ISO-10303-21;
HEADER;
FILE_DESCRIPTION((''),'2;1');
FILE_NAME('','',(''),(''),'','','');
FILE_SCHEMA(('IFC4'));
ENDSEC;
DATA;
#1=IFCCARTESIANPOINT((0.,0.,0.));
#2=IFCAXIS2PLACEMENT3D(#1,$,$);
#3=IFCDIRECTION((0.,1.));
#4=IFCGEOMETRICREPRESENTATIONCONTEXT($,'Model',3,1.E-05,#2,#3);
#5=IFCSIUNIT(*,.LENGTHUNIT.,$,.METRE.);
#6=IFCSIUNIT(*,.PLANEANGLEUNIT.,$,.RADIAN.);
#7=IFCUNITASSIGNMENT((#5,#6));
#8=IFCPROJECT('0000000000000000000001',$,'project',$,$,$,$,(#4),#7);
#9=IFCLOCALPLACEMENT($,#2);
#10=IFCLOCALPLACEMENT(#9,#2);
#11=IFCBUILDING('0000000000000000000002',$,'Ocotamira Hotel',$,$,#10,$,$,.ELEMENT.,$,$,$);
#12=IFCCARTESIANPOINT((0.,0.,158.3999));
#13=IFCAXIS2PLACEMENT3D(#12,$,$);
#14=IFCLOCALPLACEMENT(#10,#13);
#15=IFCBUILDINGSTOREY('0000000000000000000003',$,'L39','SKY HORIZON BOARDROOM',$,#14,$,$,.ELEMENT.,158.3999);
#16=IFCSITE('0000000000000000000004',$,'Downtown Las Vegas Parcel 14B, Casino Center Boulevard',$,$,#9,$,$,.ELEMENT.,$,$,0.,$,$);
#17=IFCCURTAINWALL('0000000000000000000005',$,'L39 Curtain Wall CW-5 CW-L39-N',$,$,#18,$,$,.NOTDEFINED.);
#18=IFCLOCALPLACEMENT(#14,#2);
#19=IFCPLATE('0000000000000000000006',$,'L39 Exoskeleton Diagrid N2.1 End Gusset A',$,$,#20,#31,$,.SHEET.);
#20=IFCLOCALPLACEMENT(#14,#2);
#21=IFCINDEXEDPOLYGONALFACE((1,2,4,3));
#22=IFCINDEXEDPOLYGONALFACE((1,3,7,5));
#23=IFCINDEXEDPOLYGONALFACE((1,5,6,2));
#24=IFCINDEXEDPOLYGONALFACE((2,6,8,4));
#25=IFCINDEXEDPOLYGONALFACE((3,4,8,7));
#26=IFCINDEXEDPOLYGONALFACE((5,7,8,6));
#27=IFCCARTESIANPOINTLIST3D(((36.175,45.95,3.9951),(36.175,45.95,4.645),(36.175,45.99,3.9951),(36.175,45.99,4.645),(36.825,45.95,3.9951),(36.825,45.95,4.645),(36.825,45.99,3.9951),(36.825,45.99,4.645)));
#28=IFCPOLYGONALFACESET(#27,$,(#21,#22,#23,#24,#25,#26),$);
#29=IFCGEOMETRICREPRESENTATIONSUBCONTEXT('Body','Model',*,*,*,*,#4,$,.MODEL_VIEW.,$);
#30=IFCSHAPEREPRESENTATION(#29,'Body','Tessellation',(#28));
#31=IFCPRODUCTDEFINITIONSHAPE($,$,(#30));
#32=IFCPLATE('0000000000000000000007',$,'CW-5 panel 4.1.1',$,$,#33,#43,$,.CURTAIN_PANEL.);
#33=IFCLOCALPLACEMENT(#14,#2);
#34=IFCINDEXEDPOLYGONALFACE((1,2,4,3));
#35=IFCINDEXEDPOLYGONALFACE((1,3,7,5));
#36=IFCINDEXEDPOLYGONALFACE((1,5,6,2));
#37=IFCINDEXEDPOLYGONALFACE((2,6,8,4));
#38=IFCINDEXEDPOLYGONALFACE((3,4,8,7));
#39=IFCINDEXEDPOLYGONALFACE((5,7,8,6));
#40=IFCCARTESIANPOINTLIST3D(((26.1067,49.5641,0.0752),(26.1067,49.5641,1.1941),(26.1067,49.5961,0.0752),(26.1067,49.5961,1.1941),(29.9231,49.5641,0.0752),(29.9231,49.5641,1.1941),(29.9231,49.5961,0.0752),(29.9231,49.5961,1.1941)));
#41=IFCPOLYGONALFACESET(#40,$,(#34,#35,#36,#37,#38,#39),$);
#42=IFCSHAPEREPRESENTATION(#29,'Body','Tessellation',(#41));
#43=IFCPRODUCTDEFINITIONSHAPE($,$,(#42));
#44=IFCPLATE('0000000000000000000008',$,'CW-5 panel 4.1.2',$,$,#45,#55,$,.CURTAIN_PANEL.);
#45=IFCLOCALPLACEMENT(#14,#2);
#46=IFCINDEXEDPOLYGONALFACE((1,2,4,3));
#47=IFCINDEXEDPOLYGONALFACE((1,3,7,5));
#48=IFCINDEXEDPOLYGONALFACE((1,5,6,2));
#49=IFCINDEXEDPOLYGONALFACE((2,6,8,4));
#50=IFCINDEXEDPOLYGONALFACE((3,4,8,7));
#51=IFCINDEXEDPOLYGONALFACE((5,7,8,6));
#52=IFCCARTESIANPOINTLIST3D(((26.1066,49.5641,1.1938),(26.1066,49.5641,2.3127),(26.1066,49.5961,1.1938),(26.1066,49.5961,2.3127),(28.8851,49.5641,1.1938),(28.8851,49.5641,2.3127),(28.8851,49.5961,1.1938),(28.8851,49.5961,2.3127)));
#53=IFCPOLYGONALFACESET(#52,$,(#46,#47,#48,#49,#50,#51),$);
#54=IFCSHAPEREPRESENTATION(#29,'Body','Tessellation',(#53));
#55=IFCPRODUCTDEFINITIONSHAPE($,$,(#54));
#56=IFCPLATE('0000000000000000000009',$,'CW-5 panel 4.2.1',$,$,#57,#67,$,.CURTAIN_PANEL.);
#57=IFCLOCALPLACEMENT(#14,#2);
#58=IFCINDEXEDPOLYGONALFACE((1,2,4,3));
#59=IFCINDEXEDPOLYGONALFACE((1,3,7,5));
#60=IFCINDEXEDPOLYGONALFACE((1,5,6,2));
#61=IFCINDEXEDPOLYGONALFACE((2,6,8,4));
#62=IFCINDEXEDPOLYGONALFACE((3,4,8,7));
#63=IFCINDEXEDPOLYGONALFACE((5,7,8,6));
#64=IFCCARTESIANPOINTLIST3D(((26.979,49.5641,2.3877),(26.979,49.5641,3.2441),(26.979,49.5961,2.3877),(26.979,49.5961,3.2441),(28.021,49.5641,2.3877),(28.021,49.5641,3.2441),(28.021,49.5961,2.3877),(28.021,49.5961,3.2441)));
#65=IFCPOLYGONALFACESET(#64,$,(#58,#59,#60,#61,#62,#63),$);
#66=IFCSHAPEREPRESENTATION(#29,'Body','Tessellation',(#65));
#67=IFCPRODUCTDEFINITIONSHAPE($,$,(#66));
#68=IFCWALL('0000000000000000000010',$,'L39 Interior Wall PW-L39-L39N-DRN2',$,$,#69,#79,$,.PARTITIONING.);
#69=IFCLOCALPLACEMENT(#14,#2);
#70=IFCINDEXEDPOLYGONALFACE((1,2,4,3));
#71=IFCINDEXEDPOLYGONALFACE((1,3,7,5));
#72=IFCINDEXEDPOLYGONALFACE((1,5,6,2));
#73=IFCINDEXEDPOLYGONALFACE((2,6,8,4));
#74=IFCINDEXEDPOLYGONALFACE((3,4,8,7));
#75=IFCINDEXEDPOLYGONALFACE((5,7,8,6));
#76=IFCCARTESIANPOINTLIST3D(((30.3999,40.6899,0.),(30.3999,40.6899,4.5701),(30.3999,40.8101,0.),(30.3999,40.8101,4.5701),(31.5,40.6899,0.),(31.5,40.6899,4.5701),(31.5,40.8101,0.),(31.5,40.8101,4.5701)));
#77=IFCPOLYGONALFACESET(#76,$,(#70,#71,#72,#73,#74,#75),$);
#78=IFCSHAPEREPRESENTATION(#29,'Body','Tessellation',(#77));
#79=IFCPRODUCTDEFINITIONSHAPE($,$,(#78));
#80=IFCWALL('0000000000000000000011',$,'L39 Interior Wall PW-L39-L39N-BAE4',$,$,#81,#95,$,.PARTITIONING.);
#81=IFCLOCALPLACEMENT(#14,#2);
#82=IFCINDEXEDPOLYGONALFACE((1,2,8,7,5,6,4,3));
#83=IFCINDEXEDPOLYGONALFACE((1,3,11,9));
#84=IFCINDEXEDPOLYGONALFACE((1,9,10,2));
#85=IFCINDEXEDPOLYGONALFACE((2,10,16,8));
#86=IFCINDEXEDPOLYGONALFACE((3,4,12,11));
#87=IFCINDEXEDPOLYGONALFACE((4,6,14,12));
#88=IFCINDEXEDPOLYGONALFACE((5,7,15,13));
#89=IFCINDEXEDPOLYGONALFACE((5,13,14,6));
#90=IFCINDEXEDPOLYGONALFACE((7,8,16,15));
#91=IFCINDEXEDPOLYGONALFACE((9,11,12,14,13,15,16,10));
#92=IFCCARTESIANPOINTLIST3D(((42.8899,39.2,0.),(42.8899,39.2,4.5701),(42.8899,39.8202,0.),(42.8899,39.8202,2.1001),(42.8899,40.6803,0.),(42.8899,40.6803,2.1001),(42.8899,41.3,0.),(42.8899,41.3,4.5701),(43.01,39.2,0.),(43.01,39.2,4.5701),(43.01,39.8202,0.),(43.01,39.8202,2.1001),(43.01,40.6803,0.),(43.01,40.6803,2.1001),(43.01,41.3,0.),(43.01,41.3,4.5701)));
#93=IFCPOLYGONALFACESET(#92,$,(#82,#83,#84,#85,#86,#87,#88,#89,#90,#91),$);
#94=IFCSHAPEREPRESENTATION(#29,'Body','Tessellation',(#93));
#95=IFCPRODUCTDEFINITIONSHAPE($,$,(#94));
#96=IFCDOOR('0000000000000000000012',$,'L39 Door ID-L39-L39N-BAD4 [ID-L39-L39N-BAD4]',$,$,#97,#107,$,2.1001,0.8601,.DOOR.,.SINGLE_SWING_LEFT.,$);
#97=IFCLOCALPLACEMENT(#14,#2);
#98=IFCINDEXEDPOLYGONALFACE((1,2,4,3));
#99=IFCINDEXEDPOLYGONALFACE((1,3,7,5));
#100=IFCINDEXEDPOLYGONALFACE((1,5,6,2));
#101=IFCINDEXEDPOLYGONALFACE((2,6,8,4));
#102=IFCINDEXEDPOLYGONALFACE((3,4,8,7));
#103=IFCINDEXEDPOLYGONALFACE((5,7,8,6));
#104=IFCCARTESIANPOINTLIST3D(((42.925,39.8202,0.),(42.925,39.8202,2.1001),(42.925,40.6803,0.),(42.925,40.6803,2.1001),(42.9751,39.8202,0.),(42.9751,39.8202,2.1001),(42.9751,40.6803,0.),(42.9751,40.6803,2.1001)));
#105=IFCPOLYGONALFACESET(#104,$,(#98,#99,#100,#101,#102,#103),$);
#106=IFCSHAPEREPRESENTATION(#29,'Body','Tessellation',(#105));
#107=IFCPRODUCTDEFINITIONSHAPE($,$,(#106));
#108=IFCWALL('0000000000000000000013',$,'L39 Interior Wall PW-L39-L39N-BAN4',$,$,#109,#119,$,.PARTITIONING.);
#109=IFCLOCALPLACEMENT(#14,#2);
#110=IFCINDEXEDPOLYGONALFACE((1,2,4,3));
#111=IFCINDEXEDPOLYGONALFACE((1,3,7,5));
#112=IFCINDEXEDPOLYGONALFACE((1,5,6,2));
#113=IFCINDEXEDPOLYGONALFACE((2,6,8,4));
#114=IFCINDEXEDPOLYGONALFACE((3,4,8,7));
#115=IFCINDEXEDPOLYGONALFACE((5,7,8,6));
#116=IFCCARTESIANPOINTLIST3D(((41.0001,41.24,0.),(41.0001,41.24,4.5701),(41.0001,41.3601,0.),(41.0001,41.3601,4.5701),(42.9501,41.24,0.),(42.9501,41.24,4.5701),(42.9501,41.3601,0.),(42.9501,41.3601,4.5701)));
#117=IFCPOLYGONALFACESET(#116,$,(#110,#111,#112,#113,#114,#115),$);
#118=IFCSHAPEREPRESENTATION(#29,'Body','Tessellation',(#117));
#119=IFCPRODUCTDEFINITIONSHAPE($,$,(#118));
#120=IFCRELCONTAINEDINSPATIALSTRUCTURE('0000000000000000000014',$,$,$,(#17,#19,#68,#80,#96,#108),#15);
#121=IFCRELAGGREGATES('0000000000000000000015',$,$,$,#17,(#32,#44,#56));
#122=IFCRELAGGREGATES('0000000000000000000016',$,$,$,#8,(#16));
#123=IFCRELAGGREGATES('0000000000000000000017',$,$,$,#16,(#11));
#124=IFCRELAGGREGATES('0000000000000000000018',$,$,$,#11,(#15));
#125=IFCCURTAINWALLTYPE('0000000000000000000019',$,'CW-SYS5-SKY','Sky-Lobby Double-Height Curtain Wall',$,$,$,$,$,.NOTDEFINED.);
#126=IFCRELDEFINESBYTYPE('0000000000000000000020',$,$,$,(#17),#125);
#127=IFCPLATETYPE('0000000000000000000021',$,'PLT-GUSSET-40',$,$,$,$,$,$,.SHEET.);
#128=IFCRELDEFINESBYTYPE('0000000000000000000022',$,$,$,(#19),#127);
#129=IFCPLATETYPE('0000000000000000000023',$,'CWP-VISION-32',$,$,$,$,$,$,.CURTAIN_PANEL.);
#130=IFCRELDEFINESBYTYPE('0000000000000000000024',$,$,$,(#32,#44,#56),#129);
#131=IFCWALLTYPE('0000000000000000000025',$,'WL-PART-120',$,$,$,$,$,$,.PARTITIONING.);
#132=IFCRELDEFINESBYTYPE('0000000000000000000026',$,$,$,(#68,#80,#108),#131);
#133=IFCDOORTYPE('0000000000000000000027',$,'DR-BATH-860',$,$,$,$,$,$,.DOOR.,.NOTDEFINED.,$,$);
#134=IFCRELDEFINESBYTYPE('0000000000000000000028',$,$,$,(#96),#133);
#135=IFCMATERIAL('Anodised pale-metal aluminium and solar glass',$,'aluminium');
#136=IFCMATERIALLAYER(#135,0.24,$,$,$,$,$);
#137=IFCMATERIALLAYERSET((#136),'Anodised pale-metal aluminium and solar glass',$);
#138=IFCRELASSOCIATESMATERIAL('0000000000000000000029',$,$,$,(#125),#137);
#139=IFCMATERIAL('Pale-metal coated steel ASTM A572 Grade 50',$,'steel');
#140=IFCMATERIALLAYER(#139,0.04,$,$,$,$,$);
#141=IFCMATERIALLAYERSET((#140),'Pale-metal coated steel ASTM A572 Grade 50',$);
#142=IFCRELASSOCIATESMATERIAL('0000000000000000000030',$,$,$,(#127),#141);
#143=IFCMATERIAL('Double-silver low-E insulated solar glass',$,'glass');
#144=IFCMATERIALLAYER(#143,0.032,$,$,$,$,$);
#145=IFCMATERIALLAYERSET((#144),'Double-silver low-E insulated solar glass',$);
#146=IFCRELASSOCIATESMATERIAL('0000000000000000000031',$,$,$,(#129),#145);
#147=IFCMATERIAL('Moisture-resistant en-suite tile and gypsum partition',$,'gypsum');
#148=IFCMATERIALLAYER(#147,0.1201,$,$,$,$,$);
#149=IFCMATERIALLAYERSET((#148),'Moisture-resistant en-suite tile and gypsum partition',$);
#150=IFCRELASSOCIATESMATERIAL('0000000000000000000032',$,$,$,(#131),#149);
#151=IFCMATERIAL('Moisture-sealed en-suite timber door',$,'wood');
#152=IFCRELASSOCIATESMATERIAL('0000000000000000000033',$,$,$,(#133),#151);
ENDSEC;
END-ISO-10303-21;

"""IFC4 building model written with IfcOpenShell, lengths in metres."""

from ifc_helpers import new_model, si_unit, direction, frame, frame_2d, origin, origin_2d, place, context, subcontext, project, spatial, rectangle, extrude, source, transform, mapped, material, layer, layer_set, type_object, element, fill, aggregate, save


model = new_model("IFC4")

# Units and contexts
model_context = context("Model", 3, precision=1e-05, world=origin(), true_north=direction((0.0, 1.0)))
body_context = subcontext(model_context, "Body", "Model", "MODEL_VIEW")
ifc_project = project(units=[si_unit("LENGTHUNIT", "METRE"), si_unit("PLANEANGLEUNIT", "RADIAN")], contexts=[model_context])

# Site, building, storey
site_placement = place(None, origin())
site = spatial("IfcSite", under=ifc_project, at=site_placement, Name="Downtown Las Vegas Parcel 14B, Casino Center Boulevard", CompositionType="ELEMENT", RefElevation=0.0)
building_placement = place(site_placement, origin())
building = spatial("IfcBuilding", under=site, at=building_placement, Name="Ocotamira Hotel", CompositionType="ELEMENT")
storey_placement = place(building_placement, frame((0.0, 0.0, 158.3999)))
storey = spatial("IfcBuildingStorey", under=building, at=storey_placement, Name="L39", Description="SKY HORIZON BOARDROOM", CompositionType="ELEMENT", Elevation=158.3999)

# Curtain wall
ifc_material_1 = material(Name="Anodised pale-metal aluminium and solar glass", Category="aluminium")
ifc_layer_1 = layer(ifc_material_1, 0.24)
ifc_layer_set_1 = layer_set([ifc_layer_1], Name="Anodised pale-metal aluminium and solar glass")
curtain_wall_type = type_object("IfcCurtainWallType", Name="CW-SYS5-SKY", Description="Sky-Lobby Double-Height Curtain Wall", PredefinedType="NOTDEFINED", material=ifc_layer_set_1)
curtain_wall_placement = place(storey_placement, origin())
curtain_wall = element("IfcCurtainWall", 1, at=curtain_wall_placement, inside=storey, type_object=curtain_wall_type, Name="L39 Curtain Wall CW-5 CW-L39-N", PredefinedType="NOTDEFINED")

# Plate
ifc_material_2 = material(Name="Pale-metal coated steel ASTM A572 Grade 50", Category="steel")
ifc_layer_2 = layer(ifc_material_2, 0.04)
ifc_layer_set_2 = layer_set([ifc_layer_2], Name="Pale-metal coated steel ASTM A572 Grade 50")
plate_type_1 = type_object("IfcPlateType", Name="PLT-GUSSET-40", PredefinedType="SHEET", material=ifc_layer_set_2)
shared_shape_1 = source(origin(), body_context, "Body", "SweptSolid", [
    extrude(rectangle(XDim=0.6499, YDim=0.04, at=origin_2d()), origin(), (0.0, 0.0, 1.0), 0.6499),
])
for number, where, z_axis, x_axis, name in (
    (2, (36.5, 45.97, 3.9951), (0.0, 0.0, 1.0), (-1.0, 0.0, 0.0), "L39 Exoskeleton Diagrid N2.1 End Gusset A"),
):
    element("IfcPlate", number, at=place(storey_placement, frame(where, z_axis=z_axis, x_axis=x_axis)), inside=storey, type_object=plate_type_1, Name=name, PredefinedType="SHEET", context=body_context, shape_type="MappedRepresentation", body=[
        mapped(shared_shape_1, transform((0.0, 0.0, 0.0), scale=1.0)),
    ])

# Plates
ifc_material_3 = material(Name="Double-silver low-E insulated solar glass", Category="glass")
ifc_layer_3 = layer(ifc_material_3, 0.032)
ifc_layer_set_3 = layer_set([ifc_layer_3], Name="Double-silver low-E insulated solar glass")
plate_type_2 = type_object("IfcPlateType", Name="CWP-VISION-32", PredefinedType="CURTAIN_PANEL", material=ifc_layer_set_3)
shared_shape_2 = source(origin(), body_context, "Body", "SweptSolid", [
    extrude(rectangle(XDim=3.8164, YDim=0.032, at=origin_2d()), origin(), (0.0, 0.0, 1.0), 1.1189),
])
plate_1_placement = place(storey_placement, frame((28.0149, 49.5801, 0.0752), z_axis=(0.0, 0.0, 1.0), x_axis=(1.0, 0.0, 0.0)))
plate_1 = element("IfcPlate", 3, at=plate_1_placement, type_object=plate_type_2, Name="CW-5 panel 4.1.1", PredefinedType="CURTAIN_PANEL", context=body_context, shape_type="MappedRepresentation", body=[
    mapped(shared_shape_2, transform((0.0, 0.0, 0.0), scale=1.0)),
])
shared_shape_3 = source(origin(), body_context, "Body", "SweptSolid", [
    extrude(rectangle(XDim=2.7786, YDim=0.032, at=origin_2d()), origin(), (0.0, 0.0, 1.0), 1.1189),
])
plate_2_placement = place(storey_placement, frame((27.4958, 49.5801, 1.1938), z_axis=(0.0, 0.0, 1.0), x_axis=(1.0, 0.0, 0.0)))
plate_2 = element("IfcPlate", 4, at=plate_2_placement, type_object=plate_type_2, Name="CW-5 panel 4.1.2", PredefinedType="CURTAIN_PANEL", context=body_context, shape_type="MappedRepresentation", body=[
    mapped(shared_shape_3, transform((0.0, 0.0, 0.0), scale=1.0)),
])
shared_shape_4 = source(origin(), body_context, "Body", "SweptSolid", [
    extrude(rectangle(XDim=1.042, YDim=0.032, at=origin_2d()), origin(), (0.0, 0.0, 1.0), 0.8564),
])
plate_3_placement = place(storey_placement, frame((27.5, 49.5801, 2.3877), z_axis=(0.0, 0.0, 1.0), x_axis=(1.0, 0.0, 0.0)))
plate_3 = element("IfcPlate", 5, at=plate_3_placement, type_object=plate_type_2, Name="CW-5 panel 4.2.1", PredefinedType="CURTAIN_PANEL", context=body_context, shape_type="MappedRepresentation", body=[
    mapped(shared_shape_4, transform((0.0, 0.0, 0.0), scale=1.0)),
])
aggregate(curtain_wall, [plate_1, plate_2, plate_3])

# Wall
ifc_material_4 = material(Name="Moisture-resistant en-suite tile and gypsum partition", Category="gypsum")
ifc_layer_4 = layer(ifc_material_4, 0.1201)
ifc_layer_set_4 = layer_set([ifc_layer_4], Name="Moisture-resistant en-suite tile and gypsum partition")
wall_type = type_object("IfcWallType", Name="WL-PART-120", PredefinedType="PARTITIONING", material=ifc_layer_set_4)
wall_1_placement = place(storey_placement, frame((30.3999, 40.75, 0.0), z_axis=(0.0, 0.0, 1.0), x_axis=(1.0, 0.0, 0.0)))
element("IfcWall", 6, at=wall_1_placement, inside=storey, type_object=wall_type, Name="L39 Interior Wall PW-L39-L39N-DRN2", PredefinedType="PARTITIONING", context=body_context, shape_type="SweptSolid", body=[
    extrude(rectangle(XDim=1.1001, YDim=0.1201, at=frame_2d((0.55, 0.0))), origin(), (0.0, 0.0, 1.0), 4.5701),
])

# Wall, opening, door
wall_2_placement = place(storey_placement, frame((42.95, 39.2, 0.0), z_axis=(0.0, 0.0, 1.0), x_axis=(0.0, 1.0, 0.0)))
wall_2 = element("IfcWall", 7, at=wall_2_placement, inside=storey, type_object=wall_type, Name="L39 Interior Wall PW-L39-L39N-BAE4", PredefinedType="PARTITIONING", context=body_context, shape_type="SweptSolid", body=[
    extrude(rectangle(XDim=2.1001, YDim=0.1201, at=frame_2d((1.05, 0.0))), origin(), (0.0, 0.0, 1.0), 4.5701),
])
opening_placement = place(wall_2_placement, frame((0.6201, 0.0, 0.0)))
opening = element("IfcOpeningElement", 8, at=opening_placement, cuts=wall_2, PredefinedType="OPENING", context=body_context, shape_type="SweptSolid", body=[
    extrude(rectangle(XDim=0.8601, YDim=2.1001, at=frame_2d((0.4302, 1.05))), frame((0.0, 0.0701, 0.0), z_axis=(0.0, -1.0, 0.0), x_axis=(1.0, 0.0, 0.0)), (0.0, 0.0, 1.0), 0.1401),
])
ifc_material_5 = material(Name="Moisture-sealed en-suite timber door", Category="wood")
door_type = type_object("IfcDoorType", Name="DR-BATH-860", OperationType="NOTDEFINED", PredefinedType="DOOR", material=ifc_material_5)
shared_shape_5 = source(origin(), body_context, "Body", "SweptSolid", [
    extrude(rectangle(XDim=0.8601, YDim=2.1001, at=frame_2d((0.4302, 1.05))), frame((0.0, 0.0249, 0.0), z_axis=(0.0, -1.0, 0.0), x_axis=(1.0, 0.0, 0.0)), (0.0, 0.0, 1.0), 0.05),
])
door_placement = place(opening_placement, origin())
door = element("IfcDoor", 9, at=door_placement, inside=storey, type_object=door_type, Name="L39 Door ID-L39-L39N-BAD4 [ID-L39-L39N-BAD4]", OperationType="SINGLE_SWING_LEFT", OverallHeight=2.1001, OverallWidth=0.8601, PredefinedType="DOOR", context=body_context, shape_type="MappedRepresentation", body=[
    mapped(shared_shape_5, transform((0.0, 0.0, 0.0), scale=1.0)),
])
fill(opening, door)

# Wall
wall_3_placement = place(storey_placement, frame((41.0, 41.3, 0.0), z_axis=(0.0, 0.0, 1.0), x_axis=(1.0, 0.0, 0.0)))
element("IfcWall", 10, at=wall_3_placement, inside=storey, type_object=wall_type, Name="L39 Interior Wall PW-L39-L39N-BAN4", PredefinedType="PARTITIONING", context=body_context, shape_type="SweptSolid", body=[
    extrude(rectangle(XDim=1.95, YDim=0.1201, at=frame_2d((0.9751, 0.0))), origin(), (0.0, 0.0, 1.0), 4.5701),
])

save(model, "model.ifc")
